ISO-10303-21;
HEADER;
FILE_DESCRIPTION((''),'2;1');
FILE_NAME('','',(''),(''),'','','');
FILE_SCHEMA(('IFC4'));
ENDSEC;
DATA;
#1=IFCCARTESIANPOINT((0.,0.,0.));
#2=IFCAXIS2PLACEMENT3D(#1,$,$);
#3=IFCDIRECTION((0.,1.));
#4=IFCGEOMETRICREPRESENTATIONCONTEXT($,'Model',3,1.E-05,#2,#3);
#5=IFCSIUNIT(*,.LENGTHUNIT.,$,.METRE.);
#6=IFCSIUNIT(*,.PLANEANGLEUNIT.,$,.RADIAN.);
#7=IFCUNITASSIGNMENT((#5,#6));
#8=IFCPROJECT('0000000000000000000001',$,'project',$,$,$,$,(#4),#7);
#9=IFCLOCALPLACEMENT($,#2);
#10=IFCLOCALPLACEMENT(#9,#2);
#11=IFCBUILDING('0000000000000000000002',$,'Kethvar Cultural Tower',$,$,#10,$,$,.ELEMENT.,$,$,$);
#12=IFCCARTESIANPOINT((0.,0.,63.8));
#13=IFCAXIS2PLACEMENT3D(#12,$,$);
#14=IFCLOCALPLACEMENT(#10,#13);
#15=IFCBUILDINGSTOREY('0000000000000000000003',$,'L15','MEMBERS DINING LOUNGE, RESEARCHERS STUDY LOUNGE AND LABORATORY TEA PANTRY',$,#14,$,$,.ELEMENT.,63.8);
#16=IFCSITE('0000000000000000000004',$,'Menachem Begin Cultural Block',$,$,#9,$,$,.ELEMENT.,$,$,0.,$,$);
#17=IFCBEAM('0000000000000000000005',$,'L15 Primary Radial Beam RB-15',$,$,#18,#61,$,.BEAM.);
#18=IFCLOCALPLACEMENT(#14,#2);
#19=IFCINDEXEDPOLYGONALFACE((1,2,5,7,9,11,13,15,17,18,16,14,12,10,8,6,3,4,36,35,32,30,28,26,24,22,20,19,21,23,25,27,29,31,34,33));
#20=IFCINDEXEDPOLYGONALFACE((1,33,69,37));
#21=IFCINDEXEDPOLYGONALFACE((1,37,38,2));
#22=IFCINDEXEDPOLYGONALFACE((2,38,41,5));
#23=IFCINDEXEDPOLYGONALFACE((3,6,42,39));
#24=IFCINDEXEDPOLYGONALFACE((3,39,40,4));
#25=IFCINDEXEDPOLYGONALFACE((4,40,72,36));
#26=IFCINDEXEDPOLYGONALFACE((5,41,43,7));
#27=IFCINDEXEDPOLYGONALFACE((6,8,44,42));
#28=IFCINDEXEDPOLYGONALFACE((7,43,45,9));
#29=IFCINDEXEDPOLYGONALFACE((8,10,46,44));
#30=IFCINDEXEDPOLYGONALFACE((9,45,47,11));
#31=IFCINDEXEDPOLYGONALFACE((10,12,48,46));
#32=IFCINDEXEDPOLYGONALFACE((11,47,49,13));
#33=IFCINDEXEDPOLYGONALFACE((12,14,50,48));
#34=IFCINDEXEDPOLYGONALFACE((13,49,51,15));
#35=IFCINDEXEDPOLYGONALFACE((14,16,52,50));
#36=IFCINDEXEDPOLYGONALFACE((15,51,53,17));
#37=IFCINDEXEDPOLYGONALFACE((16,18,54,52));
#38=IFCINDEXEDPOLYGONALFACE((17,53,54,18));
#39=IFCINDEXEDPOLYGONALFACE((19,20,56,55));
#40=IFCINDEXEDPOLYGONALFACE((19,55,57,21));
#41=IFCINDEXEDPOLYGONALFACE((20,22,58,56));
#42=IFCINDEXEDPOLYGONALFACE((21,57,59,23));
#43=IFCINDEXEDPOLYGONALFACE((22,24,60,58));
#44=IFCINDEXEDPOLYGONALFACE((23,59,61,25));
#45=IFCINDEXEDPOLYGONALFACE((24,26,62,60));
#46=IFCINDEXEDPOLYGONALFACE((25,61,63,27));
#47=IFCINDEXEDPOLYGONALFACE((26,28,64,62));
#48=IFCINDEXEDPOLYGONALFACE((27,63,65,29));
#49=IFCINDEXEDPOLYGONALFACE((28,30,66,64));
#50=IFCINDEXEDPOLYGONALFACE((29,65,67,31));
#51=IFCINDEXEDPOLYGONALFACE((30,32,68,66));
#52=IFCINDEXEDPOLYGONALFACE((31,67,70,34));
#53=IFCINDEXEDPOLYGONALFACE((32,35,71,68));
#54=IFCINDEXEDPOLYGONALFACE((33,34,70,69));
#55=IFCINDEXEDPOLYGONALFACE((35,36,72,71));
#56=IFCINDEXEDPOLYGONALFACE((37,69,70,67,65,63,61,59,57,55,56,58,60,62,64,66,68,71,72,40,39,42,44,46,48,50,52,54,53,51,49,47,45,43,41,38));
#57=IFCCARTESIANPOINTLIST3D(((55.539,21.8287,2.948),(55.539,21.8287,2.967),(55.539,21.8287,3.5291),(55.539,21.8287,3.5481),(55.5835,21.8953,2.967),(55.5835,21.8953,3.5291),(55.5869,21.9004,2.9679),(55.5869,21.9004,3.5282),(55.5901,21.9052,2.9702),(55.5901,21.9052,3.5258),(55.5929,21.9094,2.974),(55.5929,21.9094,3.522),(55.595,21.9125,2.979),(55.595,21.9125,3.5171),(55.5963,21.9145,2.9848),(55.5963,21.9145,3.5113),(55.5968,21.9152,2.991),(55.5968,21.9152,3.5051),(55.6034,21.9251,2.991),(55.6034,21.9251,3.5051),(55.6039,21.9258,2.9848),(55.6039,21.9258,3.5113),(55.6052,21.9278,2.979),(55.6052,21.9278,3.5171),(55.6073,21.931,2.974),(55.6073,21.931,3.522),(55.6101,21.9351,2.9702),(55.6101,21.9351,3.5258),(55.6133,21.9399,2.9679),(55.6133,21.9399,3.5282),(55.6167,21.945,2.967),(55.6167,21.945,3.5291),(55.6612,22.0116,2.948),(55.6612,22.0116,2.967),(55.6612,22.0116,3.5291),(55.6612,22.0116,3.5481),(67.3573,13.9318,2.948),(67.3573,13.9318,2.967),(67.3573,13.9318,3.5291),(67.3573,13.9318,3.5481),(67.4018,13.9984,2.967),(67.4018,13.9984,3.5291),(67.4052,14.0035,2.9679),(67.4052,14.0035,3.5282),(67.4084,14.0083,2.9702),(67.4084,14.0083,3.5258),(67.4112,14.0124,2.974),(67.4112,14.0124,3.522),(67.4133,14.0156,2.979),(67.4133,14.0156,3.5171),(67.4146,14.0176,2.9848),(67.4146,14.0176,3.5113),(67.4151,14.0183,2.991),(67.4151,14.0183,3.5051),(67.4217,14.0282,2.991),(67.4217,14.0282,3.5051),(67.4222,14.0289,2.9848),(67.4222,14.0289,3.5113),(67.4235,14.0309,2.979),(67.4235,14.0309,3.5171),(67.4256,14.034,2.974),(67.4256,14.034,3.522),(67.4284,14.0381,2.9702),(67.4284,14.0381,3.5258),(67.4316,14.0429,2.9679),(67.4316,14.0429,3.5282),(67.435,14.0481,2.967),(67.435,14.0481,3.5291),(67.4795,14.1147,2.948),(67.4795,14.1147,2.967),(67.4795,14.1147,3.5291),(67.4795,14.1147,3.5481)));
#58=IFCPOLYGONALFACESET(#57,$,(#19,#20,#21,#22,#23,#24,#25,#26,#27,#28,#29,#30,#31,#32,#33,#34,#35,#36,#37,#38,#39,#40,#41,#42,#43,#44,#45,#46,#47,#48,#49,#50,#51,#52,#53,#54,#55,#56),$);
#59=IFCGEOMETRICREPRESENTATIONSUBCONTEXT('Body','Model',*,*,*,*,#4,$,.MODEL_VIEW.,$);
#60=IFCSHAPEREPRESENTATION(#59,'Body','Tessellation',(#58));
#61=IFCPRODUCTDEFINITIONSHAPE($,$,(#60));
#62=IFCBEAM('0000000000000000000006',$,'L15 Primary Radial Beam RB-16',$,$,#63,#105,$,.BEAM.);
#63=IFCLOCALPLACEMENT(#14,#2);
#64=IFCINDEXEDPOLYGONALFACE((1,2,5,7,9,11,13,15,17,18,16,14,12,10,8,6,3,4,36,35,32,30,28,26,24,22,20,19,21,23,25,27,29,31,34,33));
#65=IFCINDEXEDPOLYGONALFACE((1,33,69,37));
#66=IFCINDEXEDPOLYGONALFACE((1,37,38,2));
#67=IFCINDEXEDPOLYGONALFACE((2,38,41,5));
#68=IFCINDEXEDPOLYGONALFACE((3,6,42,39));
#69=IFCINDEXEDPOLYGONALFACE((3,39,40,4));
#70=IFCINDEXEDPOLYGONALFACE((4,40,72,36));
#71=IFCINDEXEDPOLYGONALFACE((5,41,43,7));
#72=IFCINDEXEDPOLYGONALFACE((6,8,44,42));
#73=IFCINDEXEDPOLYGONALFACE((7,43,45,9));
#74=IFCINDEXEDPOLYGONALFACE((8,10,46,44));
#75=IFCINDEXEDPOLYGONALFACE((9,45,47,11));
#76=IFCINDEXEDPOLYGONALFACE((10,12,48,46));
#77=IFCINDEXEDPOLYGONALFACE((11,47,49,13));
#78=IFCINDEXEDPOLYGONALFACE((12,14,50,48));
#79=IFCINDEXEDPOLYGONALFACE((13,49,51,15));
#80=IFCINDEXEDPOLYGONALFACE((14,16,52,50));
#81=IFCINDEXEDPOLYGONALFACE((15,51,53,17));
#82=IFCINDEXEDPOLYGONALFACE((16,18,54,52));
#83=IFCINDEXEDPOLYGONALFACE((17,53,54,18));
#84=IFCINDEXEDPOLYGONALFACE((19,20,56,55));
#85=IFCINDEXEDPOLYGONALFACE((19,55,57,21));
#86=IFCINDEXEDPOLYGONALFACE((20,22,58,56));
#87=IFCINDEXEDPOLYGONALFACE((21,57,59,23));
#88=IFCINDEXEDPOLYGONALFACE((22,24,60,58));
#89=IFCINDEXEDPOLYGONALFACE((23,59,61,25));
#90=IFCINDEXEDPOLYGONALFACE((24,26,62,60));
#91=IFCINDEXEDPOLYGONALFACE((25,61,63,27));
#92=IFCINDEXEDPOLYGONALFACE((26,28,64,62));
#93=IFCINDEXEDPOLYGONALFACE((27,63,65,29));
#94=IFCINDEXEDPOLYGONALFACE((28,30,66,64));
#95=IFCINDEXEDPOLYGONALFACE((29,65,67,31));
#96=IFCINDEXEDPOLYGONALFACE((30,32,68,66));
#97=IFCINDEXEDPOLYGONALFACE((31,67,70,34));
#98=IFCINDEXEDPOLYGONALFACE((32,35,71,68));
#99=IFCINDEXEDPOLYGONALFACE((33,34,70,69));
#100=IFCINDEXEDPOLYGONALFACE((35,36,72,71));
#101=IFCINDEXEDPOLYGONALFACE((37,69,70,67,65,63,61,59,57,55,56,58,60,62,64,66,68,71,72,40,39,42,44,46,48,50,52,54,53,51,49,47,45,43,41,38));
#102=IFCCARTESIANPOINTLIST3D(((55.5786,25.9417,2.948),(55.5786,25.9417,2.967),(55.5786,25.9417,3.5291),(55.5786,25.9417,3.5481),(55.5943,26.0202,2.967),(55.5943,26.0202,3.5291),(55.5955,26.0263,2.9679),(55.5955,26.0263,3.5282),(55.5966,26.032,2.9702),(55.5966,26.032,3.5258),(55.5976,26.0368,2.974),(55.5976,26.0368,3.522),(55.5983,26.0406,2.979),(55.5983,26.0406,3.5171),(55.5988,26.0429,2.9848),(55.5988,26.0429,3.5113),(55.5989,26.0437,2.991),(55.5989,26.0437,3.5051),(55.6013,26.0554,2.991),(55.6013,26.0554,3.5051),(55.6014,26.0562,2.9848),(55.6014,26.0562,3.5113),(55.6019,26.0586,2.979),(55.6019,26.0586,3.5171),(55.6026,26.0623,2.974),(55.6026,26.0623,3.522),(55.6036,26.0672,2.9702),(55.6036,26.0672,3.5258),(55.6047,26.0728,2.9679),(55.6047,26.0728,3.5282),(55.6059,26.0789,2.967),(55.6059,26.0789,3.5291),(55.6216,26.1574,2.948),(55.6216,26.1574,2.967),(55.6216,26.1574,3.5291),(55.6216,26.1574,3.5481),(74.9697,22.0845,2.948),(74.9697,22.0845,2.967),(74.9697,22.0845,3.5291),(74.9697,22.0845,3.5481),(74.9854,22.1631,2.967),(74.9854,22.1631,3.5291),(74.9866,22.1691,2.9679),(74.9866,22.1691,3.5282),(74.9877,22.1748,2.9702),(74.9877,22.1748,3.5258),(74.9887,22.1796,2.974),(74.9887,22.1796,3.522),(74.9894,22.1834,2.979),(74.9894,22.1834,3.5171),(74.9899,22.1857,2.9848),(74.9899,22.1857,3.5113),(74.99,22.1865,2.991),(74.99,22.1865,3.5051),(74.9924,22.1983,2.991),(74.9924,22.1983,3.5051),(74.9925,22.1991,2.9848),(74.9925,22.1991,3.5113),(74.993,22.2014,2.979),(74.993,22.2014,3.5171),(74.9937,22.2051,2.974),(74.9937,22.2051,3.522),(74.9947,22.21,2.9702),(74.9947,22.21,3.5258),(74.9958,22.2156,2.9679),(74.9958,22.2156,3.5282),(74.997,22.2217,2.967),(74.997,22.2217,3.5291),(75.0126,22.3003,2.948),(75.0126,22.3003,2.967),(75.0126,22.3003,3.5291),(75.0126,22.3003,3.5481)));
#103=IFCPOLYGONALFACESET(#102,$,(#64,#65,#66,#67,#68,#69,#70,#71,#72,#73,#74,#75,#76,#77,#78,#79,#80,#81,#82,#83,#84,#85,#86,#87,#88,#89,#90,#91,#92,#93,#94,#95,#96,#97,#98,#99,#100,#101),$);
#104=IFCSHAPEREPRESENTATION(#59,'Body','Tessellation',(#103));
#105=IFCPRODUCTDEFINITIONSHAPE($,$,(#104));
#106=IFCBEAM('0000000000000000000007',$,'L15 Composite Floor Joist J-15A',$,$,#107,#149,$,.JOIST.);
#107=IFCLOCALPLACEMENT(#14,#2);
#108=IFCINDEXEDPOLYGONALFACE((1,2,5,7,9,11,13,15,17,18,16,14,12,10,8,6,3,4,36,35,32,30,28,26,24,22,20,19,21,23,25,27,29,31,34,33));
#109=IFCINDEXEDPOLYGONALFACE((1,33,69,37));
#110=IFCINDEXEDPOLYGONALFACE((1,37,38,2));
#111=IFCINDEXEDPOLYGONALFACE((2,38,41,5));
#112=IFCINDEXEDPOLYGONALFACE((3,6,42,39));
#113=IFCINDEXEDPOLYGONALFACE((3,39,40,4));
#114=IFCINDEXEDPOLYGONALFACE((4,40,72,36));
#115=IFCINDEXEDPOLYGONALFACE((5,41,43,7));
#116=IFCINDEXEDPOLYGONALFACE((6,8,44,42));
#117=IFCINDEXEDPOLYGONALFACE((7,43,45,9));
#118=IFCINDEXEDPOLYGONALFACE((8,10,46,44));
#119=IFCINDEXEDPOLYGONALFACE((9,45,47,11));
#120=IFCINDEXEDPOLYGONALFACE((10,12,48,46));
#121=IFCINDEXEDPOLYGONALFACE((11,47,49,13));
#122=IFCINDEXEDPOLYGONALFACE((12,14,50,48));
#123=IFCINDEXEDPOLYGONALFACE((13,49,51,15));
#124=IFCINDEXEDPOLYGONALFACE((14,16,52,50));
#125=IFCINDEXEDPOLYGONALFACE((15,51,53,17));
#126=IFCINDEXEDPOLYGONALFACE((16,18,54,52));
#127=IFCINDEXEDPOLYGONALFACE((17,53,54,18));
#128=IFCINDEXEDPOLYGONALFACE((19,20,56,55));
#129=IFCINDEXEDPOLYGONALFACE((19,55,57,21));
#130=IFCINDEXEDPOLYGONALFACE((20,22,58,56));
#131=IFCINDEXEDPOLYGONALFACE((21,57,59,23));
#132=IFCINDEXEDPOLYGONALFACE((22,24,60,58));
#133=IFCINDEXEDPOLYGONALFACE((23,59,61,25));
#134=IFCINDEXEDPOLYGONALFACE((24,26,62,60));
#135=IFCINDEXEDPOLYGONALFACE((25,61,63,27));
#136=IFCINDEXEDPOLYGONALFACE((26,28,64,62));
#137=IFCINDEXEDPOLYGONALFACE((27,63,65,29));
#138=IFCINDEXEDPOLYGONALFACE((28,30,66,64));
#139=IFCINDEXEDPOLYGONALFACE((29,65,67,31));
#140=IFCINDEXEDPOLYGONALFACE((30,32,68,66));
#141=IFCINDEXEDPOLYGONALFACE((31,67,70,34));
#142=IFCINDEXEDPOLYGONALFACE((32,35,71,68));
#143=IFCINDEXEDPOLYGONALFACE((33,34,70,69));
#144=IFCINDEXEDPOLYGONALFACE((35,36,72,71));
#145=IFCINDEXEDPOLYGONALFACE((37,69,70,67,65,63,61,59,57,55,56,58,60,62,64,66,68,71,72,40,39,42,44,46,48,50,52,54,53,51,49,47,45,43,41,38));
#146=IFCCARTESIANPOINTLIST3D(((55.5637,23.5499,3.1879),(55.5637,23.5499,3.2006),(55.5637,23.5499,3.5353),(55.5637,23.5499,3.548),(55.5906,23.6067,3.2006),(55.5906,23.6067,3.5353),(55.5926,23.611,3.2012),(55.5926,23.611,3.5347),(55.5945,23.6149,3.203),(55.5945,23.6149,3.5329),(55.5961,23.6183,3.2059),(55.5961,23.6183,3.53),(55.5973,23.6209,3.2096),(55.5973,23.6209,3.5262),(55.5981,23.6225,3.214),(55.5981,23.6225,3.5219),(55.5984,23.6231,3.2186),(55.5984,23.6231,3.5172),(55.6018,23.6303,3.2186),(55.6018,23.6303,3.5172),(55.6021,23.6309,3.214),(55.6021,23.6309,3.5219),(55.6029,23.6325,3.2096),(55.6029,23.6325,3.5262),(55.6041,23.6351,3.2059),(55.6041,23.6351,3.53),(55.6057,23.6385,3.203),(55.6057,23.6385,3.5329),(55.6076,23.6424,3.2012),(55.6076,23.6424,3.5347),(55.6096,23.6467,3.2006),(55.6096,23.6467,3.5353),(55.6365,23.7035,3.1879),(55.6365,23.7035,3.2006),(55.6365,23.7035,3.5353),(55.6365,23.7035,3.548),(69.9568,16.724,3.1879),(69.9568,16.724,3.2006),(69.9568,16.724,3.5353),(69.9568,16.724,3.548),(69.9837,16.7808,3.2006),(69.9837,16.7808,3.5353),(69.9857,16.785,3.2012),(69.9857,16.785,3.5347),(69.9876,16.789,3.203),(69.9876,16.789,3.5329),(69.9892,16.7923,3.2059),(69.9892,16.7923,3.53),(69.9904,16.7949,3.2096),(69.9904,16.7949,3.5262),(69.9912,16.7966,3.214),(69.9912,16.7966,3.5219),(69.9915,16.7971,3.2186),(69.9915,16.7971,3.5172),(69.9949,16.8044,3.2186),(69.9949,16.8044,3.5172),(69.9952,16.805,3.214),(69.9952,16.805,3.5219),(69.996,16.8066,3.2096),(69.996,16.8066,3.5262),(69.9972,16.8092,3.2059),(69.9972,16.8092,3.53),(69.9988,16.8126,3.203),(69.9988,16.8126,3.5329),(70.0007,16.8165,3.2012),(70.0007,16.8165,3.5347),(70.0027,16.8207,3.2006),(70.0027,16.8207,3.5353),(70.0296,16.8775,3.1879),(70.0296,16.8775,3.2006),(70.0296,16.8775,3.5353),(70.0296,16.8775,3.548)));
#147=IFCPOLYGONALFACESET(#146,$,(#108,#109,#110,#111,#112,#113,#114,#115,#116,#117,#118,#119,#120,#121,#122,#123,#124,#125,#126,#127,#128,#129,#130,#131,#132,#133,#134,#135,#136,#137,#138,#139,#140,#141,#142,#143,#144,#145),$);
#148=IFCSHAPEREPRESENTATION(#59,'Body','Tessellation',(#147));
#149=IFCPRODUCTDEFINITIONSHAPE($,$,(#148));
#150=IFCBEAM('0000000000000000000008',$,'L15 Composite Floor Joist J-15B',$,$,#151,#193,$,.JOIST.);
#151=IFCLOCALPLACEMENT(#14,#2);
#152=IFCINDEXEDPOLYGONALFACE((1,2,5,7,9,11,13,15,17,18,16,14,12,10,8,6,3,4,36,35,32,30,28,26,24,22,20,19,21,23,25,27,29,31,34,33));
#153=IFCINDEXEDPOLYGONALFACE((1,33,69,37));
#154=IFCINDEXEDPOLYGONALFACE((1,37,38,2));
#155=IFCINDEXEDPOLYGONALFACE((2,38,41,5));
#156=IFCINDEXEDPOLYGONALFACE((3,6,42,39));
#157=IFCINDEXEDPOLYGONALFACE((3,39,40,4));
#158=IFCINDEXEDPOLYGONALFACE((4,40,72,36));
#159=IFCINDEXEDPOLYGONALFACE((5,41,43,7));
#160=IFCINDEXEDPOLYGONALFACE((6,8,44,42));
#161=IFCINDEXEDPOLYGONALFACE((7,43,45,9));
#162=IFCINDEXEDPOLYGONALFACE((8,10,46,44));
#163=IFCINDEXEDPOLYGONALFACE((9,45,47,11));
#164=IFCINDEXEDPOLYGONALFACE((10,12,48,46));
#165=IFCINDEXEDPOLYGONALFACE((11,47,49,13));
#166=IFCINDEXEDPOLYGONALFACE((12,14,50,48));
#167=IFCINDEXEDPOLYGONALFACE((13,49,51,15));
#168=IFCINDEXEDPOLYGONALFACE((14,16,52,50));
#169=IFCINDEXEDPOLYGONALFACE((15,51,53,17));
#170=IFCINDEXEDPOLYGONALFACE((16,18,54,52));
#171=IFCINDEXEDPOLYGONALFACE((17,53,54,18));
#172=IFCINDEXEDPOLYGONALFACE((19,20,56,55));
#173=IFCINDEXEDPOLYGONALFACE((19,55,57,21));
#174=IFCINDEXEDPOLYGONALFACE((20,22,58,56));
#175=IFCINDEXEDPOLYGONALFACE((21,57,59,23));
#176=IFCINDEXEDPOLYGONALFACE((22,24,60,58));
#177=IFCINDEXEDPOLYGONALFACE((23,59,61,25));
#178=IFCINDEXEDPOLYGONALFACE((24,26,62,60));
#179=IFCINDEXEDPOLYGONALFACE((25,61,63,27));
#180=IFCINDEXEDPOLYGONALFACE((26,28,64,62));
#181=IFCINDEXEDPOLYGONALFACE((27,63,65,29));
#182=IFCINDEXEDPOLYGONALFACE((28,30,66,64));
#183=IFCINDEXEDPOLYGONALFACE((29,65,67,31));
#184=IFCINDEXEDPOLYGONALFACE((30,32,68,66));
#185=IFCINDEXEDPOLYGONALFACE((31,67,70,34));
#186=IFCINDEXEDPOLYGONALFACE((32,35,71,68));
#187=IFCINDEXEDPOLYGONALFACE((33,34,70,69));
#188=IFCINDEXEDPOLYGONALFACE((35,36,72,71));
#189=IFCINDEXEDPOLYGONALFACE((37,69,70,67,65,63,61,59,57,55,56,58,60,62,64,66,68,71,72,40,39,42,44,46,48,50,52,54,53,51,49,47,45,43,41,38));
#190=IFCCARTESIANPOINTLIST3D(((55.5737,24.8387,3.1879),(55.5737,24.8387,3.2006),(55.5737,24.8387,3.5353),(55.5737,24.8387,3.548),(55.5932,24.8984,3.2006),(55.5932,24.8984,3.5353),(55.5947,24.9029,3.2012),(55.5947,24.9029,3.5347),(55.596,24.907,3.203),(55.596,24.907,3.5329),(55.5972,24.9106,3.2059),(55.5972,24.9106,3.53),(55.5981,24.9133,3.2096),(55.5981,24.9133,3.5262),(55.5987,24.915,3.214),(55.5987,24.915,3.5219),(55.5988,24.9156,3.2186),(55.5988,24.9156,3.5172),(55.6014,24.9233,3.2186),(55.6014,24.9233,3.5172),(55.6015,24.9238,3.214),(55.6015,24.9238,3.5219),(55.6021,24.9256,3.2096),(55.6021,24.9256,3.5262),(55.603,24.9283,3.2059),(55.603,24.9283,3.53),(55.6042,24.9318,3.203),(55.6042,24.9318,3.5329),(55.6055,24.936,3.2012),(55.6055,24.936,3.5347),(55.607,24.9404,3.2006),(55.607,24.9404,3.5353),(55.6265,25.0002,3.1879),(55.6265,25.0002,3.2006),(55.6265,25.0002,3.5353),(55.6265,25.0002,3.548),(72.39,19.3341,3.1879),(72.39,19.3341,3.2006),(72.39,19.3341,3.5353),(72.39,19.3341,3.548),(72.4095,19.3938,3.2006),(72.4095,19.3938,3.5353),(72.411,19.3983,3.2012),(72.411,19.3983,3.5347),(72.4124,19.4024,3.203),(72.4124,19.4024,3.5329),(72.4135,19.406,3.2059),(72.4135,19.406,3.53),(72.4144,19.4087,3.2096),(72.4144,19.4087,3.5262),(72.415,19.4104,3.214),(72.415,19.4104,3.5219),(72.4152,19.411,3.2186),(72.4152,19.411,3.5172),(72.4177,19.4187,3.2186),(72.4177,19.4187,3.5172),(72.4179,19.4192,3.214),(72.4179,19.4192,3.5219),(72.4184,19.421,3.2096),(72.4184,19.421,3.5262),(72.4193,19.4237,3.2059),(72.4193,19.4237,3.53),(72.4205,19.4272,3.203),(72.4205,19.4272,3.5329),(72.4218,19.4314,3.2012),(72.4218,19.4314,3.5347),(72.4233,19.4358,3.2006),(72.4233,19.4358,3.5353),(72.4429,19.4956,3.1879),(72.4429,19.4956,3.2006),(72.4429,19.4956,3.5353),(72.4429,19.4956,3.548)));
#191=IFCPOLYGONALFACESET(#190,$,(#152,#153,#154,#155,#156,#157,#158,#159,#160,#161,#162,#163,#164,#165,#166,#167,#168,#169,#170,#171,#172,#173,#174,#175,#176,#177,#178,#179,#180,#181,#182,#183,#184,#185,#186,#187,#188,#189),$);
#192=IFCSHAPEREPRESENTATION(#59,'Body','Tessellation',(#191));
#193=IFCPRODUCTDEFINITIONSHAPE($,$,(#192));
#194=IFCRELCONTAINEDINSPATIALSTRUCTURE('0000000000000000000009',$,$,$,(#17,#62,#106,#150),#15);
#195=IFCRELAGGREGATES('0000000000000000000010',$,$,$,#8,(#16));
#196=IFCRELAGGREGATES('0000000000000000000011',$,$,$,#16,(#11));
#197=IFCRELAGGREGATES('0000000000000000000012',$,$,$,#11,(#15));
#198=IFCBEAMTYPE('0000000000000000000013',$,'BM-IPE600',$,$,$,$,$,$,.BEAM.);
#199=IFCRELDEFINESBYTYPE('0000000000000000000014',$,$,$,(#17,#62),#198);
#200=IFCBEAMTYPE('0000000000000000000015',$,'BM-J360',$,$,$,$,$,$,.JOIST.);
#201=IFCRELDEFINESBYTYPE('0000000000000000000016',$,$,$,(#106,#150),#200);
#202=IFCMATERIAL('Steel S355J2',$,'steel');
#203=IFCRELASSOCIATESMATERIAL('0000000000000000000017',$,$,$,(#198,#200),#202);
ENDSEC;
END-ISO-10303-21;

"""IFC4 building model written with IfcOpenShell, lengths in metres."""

from ifc_helpers import new_model, si_unit, direction, frame, origin, origin_2d, place, context, subcontext, project, spatial, i_section, extrude, source, transform, mapped, material, material_profile, profile_set, type_object, element, save


model = new_model("IFC4")

# Units and contexts
model_context = context("Model", 3, precision=1e-05, world=origin(), true_north=direction((0.0, 1.0)))
body_context = subcontext(model_context, "Body", "Model", "MODEL_VIEW")
ifc_project = project(units=[si_unit("LENGTHUNIT", "METRE"), si_unit("PLANEANGLEUNIT", "RADIAN")], contexts=[model_context])

# Site, building, storey
site_placement = place(None, origin())
site = spatial("IfcSite", under=ifc_project, at=site_placement, Name="Menachem Begin Cultural Block", CompositionType="ELEMENT", RefElevation=0.0)
building_placement = place(site_placement, origin())
building = spatial("IfcBuilding", under=site, at=building_placement, Name="Kethvar Cultural Tower", CompositionType="ELEMENT")
storey_placement = place(building_placement, frame((0.0, 0.0, 63.8)))
storey = spatial("IfcBuildingStorey", under=building, at=storey_placement, Name="L15", Description="MEMBERS DINING LOUNGE, RESEARCHERS STUDY LOUNGE AND LABORATORY TEA PANTRY", CompositionType="ELEMENT", Elevation=63.8)

# Beams
ifc_material_1 = material(Name="Steel S355J2", Category="steel")
ifc_material_profile_1 = material_profile(ifc_material_1, i_section(OverallWidth=0.22, OverallDepth=0.6001, WebThickness=0.012, FlangeThickness=0.019, FilletRadius=0.0239, at=origin_2d()), Name="Steel S355J2 — IPE600")
ifc_profile_set_1 = profile_set([ifc_material_profile_1], Name="Steel S355J2 — IPE600")
beam_type_1 = type_object("IfcBeamType", Name="BM-IPE600", PredefinedType="BEAM", material=ifc_profile_set_1)
shared_shape_1 = source(origin(), body_context, "Body", "SweptSolid", [
    extrude(i_section(OverallWidth=0.22, OverallDepth=0.6001, WebThickness=0.012, FlangeThickness=0.019, FilletRadius=0.0239, at=origin_2d()), origin(), (0.0, 0.0, 1.0), 14.2139),
])
beam_1_placement = place(storey_placement, frame((55.6001, 21.9202, 3.248), z_axis=(0.831463, -0.55558, 0.0), x_axis=(0.55558, 0.831463, 0.0)))
element("IfcBeam", 1, at=beam_1_placement, inside=storey, type_object=beam_type_1, Name="L15 Primary Radial Beam RB-15", PredefinedType="BEAM", context=body_context, shape_type="MappedRepresentation", body=[
    mapped(shared_shape_1, transform((0.0, 0.0, 0.0), scale=1.0)),
])
shared_shape_2 = source(origin(), body_context, "Body", "SweptSolid", [
    extrude(i_section(OverallWidth=0.22, OverallDepth=0.6001, WebThickness=0.012, FlangeThickness=0.019, FilletRadius=0.0239, at=origin_2d()), origin(), (0.0, 0.0, 1.0), 19.771),
])
beam_2_placement = place(storey_placement, frame((55.6001, 26.0496, 3.248), z_axis=(0.980785, -0.195093, 0.0), x_axis=(0.195093, 0.980785, 0.0)))
element("IfcBeam", 2, at=beam_2_placement, inside=storey, type_object=beam_type_1, Name="L15 Primary Radial Beam RB-16", PredefinedType="BEAM", context=body_context, shape_type="MappedRepresentation", body=[
    mapped(shared_shape_2, transform((0.0, 0.0, 0.0), scale=1.0)),
])
ifc_material_profile_2 = material_profile(ifc_material_1, i_section(OverallWidth=0.1699, OverallDepth=0.3601, WebThickness=0.0081, FlangeThickness=0.0127, FilletRadius=0.0181, at=origin_2d()), Name="Steel S355J2 — IPE360")
ifc_profile_set_2 = profile_set([ifc_material_profile_2], Name="Steel S355J2 — IPE360")
beam_type_2 = type_object("IfcBeamType", Name="BM-J360", PredefinedType="JOIST", material=ifc_profile_set_2)
shared_shape_3 = source(origin(), body_context, "Body", "SweptSolid", [
    extrude(i_section(OverallWidth=0.1699, OverallDepth=0.3601, WebThickness=0.0081, FlangeThickness=0.0127, FilletRadius=0.0181, at=origin_2d()), origin(), (0.0, 0.0, 1.0), 15.9297),
])
beam_3_placement = place(storey_placement, frame((55.6001, 23.6267, 3.3679), z_axis=(0.90354, -0.428505, 0.0), x_axis=(0.428505, 0.90354, 0.0)))
element("IfcBeam", 3, at=beam_3_placement, inside=storey, type_object=beam_type_2, Name="L15 Composite Floor Joist J-15A", PredefinedType="JOIST", context=body_context, shape_type="MappedRepresentation", body=[
    mapped(shared_shape_3, transform((0.0, 0.0, 0.0), scale=1.0)),
])
shared_shape_4 = source(origin(), body_context, "Body", "SweptSolid", [
    extrude(i_section(OverallWidth=0.1699, OverallDepth=0.3601, WebThickness=0.0081, FlangeThickness=0.0127, FilletRadius=0.0181, at=origin_2d()), origin(), (0.0, 0.0, 1.0), 17.6943),
])
beam_4_placement = place(storey_placement, frame((55.6001, 24.9194, 3.3679), z_axis=(0.950379, -0.311095, 0.0), x_axis=(0.311095, 0.950379, 0.0)))
element("IfcBeam", 4, at=beam_4_placement, inside=storey, type_object=beam_type_2, Name="L15 Composite Floor Joist J-15B", PredefinedType="JOIST", context=body_context, shape_type="MappedRepresentation", body=[
    mapped(shared_shape_4, transform((0.0, 0.0, 0.0), scale=1.0)),
])

save(model, "model.ifc")
